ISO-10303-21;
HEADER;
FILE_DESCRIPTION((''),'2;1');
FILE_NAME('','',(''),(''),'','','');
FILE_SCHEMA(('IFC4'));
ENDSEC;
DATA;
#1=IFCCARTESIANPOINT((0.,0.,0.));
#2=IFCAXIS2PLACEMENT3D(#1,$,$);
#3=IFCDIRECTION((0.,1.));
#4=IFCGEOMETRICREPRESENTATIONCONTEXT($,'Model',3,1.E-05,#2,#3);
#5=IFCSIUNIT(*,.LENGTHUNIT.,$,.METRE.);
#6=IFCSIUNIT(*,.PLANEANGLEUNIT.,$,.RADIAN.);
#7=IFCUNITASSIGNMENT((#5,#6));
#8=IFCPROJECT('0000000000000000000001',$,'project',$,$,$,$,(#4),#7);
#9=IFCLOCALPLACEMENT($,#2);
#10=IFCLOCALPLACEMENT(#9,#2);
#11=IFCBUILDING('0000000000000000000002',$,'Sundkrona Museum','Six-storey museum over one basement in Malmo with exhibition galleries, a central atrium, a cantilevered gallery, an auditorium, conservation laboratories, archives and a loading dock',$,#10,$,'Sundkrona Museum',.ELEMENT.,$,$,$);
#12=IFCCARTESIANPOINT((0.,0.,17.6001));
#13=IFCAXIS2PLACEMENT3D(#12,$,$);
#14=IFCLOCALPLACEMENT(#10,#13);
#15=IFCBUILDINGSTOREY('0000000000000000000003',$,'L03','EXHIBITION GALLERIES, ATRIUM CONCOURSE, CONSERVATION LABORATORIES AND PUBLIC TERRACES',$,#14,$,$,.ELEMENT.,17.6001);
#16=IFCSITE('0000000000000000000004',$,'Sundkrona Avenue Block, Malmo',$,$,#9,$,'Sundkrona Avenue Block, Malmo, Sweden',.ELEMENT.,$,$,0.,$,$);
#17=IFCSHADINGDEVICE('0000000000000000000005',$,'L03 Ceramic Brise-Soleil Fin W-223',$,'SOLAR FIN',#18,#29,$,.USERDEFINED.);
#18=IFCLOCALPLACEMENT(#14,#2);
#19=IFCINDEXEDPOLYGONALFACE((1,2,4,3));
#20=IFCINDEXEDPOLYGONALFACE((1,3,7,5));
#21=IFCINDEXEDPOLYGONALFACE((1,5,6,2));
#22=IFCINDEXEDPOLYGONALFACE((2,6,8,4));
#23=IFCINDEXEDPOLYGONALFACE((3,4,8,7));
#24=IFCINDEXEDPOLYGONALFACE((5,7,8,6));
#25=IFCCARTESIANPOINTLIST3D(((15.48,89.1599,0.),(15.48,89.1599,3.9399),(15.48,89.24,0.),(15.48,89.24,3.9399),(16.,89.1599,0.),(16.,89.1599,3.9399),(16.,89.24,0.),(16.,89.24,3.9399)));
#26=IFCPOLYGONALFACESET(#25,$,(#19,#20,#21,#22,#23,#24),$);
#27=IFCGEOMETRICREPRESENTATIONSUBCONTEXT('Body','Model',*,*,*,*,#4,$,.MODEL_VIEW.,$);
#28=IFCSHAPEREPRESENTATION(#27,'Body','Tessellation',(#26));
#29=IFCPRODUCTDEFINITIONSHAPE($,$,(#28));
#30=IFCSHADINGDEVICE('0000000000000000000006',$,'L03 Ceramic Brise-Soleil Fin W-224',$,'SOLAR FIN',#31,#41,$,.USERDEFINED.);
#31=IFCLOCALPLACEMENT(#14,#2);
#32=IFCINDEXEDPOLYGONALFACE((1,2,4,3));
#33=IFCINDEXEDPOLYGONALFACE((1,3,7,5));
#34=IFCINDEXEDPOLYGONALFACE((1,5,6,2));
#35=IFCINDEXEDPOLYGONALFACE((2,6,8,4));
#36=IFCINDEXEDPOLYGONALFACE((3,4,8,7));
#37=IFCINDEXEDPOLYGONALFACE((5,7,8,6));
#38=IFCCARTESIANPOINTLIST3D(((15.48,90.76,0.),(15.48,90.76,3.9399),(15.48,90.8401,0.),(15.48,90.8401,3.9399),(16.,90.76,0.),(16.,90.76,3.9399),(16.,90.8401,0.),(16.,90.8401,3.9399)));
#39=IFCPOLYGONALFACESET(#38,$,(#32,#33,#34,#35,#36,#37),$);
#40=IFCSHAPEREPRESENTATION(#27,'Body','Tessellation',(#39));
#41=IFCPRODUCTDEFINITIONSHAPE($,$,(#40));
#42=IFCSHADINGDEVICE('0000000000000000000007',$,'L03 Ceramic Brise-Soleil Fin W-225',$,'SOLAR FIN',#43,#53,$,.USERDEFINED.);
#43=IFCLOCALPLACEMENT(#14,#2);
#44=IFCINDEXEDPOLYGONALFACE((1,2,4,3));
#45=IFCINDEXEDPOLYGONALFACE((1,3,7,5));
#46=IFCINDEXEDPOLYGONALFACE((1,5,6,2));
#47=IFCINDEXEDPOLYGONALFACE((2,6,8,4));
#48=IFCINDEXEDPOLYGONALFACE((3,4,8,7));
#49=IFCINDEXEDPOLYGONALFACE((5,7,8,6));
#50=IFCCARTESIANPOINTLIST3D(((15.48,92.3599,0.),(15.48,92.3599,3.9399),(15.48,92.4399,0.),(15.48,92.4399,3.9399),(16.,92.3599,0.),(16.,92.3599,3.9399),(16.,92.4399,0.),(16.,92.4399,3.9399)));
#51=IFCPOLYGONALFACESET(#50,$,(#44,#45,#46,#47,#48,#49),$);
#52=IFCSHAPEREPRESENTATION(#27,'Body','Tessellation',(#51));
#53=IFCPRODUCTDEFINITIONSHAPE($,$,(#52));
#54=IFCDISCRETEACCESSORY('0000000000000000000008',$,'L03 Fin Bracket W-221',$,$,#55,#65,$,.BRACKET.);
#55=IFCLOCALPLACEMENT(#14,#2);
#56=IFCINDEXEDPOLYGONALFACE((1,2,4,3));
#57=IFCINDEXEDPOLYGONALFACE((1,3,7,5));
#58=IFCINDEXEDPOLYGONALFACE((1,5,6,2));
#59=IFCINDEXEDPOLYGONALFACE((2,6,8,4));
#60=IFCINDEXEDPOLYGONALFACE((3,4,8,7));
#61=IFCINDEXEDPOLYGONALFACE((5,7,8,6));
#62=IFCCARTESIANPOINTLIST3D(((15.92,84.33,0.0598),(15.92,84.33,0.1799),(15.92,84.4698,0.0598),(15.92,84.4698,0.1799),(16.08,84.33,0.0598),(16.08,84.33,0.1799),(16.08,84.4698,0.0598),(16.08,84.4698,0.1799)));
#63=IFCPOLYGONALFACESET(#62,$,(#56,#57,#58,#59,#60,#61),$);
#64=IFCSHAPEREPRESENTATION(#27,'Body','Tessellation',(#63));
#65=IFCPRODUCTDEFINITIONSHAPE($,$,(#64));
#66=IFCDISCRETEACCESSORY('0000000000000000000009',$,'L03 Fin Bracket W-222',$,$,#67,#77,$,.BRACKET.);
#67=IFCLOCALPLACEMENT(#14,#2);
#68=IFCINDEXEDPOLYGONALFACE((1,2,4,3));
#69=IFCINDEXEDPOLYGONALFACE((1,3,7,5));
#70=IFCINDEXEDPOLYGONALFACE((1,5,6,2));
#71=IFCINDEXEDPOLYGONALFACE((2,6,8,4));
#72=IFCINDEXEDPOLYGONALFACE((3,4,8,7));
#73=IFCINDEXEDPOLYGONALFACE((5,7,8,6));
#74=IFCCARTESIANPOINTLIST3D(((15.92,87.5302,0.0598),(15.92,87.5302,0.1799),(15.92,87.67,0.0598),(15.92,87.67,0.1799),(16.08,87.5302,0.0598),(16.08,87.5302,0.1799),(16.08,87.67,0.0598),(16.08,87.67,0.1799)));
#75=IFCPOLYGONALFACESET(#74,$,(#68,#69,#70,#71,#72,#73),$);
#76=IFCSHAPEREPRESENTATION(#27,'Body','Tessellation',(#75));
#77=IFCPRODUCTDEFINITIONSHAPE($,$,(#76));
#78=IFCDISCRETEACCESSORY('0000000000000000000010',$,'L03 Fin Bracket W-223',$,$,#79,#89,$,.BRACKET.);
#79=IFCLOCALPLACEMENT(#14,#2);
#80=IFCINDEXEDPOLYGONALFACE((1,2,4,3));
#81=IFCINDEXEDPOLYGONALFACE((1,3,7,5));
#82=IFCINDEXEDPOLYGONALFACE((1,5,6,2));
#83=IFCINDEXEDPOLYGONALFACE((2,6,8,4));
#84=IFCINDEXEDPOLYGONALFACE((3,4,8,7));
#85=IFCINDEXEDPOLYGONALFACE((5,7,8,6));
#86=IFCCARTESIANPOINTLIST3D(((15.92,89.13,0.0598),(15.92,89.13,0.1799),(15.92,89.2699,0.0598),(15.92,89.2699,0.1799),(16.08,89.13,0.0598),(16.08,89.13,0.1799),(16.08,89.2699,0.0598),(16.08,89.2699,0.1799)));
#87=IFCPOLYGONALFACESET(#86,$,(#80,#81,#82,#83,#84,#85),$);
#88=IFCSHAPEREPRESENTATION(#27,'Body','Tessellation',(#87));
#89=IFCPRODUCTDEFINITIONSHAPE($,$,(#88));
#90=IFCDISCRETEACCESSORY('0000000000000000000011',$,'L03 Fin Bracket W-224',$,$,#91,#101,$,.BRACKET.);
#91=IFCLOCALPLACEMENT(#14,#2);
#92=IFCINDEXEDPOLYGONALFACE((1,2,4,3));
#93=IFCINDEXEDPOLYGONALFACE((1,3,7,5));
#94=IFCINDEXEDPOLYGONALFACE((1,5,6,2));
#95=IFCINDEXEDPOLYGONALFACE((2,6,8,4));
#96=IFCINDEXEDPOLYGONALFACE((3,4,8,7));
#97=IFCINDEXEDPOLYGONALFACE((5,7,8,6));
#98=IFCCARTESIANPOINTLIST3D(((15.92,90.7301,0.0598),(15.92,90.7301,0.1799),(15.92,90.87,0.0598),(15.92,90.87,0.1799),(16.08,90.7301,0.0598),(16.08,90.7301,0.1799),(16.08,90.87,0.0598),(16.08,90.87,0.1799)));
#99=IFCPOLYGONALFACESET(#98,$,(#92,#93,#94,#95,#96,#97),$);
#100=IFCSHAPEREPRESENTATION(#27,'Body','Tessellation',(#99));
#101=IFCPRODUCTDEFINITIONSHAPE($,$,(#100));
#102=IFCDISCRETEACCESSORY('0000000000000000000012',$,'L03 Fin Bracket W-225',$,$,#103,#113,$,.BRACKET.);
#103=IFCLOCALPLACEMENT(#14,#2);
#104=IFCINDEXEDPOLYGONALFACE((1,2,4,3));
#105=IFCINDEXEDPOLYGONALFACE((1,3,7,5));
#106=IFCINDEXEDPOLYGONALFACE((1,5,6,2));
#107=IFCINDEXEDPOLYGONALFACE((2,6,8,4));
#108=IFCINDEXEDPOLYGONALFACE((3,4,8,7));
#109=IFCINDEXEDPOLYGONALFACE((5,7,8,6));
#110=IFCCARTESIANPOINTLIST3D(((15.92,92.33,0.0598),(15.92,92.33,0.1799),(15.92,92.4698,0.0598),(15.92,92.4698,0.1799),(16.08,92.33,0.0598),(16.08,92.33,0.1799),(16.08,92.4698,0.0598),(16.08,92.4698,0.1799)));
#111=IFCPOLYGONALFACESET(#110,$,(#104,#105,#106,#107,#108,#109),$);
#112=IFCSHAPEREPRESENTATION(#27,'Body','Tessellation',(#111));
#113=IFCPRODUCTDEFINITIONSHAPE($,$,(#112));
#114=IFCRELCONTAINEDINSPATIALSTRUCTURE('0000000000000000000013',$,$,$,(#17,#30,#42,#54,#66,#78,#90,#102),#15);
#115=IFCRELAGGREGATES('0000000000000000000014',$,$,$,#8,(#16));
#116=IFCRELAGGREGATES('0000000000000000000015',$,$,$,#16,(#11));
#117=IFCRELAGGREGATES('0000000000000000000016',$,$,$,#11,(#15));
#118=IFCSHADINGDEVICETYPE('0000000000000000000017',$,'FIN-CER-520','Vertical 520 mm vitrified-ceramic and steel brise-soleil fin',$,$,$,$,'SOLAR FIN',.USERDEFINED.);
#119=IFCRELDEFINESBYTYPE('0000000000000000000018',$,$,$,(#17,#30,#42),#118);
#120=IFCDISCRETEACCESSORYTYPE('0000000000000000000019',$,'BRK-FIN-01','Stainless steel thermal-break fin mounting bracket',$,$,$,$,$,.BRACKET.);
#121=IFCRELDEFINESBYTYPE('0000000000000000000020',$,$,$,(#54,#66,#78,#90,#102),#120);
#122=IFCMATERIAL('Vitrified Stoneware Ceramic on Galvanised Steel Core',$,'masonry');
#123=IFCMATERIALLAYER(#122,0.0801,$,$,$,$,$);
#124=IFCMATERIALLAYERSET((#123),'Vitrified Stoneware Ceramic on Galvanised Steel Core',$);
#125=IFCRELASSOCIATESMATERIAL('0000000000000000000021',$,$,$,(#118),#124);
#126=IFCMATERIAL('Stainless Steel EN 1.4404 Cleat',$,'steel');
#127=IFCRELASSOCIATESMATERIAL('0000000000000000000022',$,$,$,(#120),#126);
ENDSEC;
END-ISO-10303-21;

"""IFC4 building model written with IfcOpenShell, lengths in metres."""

from ifc_helpers import new_model, si_unit, direction, frame, origin, origin_2d, place, context, subcontext, project, spatial, rectangle, extrude, material, layer, layer_set, type_object, element, save


model = new_model("IFC4")

# Units and contexts
model_context = context("Model", 3, precision=1e-05, world=origin(), true_north=direction((0.0, 1.0)))
body_context = subcontext(model_context, "Body", "Model", "MODEL_VIEW")
ifc_project = project(units=[si_unit("LENGTHUNIT", "METRE"), si_unit("PLANEANGLEUNIT", "RADIAN")], contexts=[model_context])

# Site, building, storey
site_placement = place(None, origin())
site = spatial("IfcSite", under=ifc_project, at=site_placement, Name="Sundkrona Avenue Block, Malmo", LongName="Sundkrona Avenue Block, Malmo, Sweden", CompositionType="ELEMENT", RefElevation=0.0)
building_placement = place(site_placement, origin())
building = spatial("IfcBuilding", under=site, at=building_placement, Name="Sundkrona Museum", Description="Six-storey museum over one basement in Malmo with exhibition galleries, a central atrium, a cantilevered gallery, an auditorium, conservation laboratories, archives and a loading dock", LongName="Sundkrona Museum", CompositionType="ELEMENT")
storey_placement = place(building_placement, frame((0.0, 0.0, 17.6001)))
storey = spatial("IfcBuildingStorey", under=building, at=storey_placement, Name="L03", Description="EXHIBITION GALLERIES, ATRIUM CONCOURSE, CONSERVATION LABORATORIES AND PUBLIC TERRACES", CompositionType="ELEMENT", Elevation=17.6001)

# Shading devices
ifc_material_1 = material(Name="Vitrified Stoneware Ceramic on Galvanised Steel Core", Category="masonry")
ifc_layer_1 = layer(ifc_material_1, 0.0801)
ifc_layer_set_1 = layer_set([ifc_layer_1], Name="Vitrified Stoneware Ceramic on Galvanised Steel Core")
shading_device_type = type_object("IfcShadingDeviceType", Name="FIN-CER-520", Description="Vertical 520 mm vitrified-ceramic and steel brise-soleil fin", ElementType="SOLAR FIN", PredefinedType="USERDEFINED", material=ifc_layer_set_1)
for number, where, z_axis, x_axis, name in (
    (1, (15.74, 89.2, 0.0), (0.0, 0.0, 1.0), (1.0, 0.0, 0.0), "L03 Ceramic Brise-Soleil Fin W-223"),
    (2, (15.74, 90.8, 0.0), (0.0, 0.0, 1.0), (1.0, 0.0, 0.0), "L03 Ceramic Brise-Soleil Fin W-224"),
    (3, (15.74, 92.3999, 0.0), (0.0, 0.0, 1.0), (1.0, 0.0, 0.0), "L03 Ceramic Brise-Soleil Fin W-225"),
):
    element("IfcShadingDevice", number, at=place(storey_placement, frame(where, z_axis=z_axis, x_axis=x_axis)), inside=storey, type_object=shading_device_type, Name=name, ObjectType="SOLAR FIN", PredefinedType="USERDEFINED", context=body_context, shape_type="SweptSolid", body=[
        extrude(rectangle(XDim=0.52, YDim=0.0801, at=origin_2d()), origin(), (0.0, 0.0, 1.0), 3.9399),
    ])

# Discrete accessories
ifc_material_2 = material(Name="Stainless Steel EN 1.4404 Cleat", Category="steel")
discrete_accessory_type = type_object("IfcDiscreteAccessoryType", Name="BRK-FIN-01", Description="Stainless steel thermal-break fin mounting bracket", PredefinedType="BRACKET", material=ifc_material_2)
for number, where, z_axis, x_axis, name in (
    (4, (16.0, 84.3999, 0.0598), (0.0, 0.0, 1.0), (1.0, 0.0, 0.0), "L03 Fin Bracket W-221"),
    (5, (16.0, 87.6001, 0.0598), (0.0, 0.0, 1.0), (1.0, 0.0, 0.0), "L03 Fin Bracket W-222"),
    (6, (16.0, 89.2, 0.0598), (0.0, 0.0, 1.0), (1.0, 0.0, 0.0), "L03 Fin Bracket W-223"),
    (7, (16.0, 90.8, 0.0598), (0.0, 0.0, 1.0), (1.0, 0.0, 0.0), "L03 Fin Bracket W-224"),
    (8, (16.0, 92.3999, 0.0598), (0.0, 0.0, 1.0), (1.0, 0.0, 0.0), "L03 Fin Bracket W-225"),
):
    element("IfcDiscreteAccessory", number, at=place(storey_placement, frame(where, z_axis=z_axis, x_axis=x_axis)), inside=storey, type_object=discrete_accessory_type, Name=name, PredefinedType="BRACKET", context=body_context, shape_type="SweptSolid", body=[
        extrude(rectangle(XDim=0.1599, YDim=0.1399, at=origin_2d()), origin(), (0.0, 0.0, 1.0), 0.1201),
    ])

save(model, "model.ifc")
